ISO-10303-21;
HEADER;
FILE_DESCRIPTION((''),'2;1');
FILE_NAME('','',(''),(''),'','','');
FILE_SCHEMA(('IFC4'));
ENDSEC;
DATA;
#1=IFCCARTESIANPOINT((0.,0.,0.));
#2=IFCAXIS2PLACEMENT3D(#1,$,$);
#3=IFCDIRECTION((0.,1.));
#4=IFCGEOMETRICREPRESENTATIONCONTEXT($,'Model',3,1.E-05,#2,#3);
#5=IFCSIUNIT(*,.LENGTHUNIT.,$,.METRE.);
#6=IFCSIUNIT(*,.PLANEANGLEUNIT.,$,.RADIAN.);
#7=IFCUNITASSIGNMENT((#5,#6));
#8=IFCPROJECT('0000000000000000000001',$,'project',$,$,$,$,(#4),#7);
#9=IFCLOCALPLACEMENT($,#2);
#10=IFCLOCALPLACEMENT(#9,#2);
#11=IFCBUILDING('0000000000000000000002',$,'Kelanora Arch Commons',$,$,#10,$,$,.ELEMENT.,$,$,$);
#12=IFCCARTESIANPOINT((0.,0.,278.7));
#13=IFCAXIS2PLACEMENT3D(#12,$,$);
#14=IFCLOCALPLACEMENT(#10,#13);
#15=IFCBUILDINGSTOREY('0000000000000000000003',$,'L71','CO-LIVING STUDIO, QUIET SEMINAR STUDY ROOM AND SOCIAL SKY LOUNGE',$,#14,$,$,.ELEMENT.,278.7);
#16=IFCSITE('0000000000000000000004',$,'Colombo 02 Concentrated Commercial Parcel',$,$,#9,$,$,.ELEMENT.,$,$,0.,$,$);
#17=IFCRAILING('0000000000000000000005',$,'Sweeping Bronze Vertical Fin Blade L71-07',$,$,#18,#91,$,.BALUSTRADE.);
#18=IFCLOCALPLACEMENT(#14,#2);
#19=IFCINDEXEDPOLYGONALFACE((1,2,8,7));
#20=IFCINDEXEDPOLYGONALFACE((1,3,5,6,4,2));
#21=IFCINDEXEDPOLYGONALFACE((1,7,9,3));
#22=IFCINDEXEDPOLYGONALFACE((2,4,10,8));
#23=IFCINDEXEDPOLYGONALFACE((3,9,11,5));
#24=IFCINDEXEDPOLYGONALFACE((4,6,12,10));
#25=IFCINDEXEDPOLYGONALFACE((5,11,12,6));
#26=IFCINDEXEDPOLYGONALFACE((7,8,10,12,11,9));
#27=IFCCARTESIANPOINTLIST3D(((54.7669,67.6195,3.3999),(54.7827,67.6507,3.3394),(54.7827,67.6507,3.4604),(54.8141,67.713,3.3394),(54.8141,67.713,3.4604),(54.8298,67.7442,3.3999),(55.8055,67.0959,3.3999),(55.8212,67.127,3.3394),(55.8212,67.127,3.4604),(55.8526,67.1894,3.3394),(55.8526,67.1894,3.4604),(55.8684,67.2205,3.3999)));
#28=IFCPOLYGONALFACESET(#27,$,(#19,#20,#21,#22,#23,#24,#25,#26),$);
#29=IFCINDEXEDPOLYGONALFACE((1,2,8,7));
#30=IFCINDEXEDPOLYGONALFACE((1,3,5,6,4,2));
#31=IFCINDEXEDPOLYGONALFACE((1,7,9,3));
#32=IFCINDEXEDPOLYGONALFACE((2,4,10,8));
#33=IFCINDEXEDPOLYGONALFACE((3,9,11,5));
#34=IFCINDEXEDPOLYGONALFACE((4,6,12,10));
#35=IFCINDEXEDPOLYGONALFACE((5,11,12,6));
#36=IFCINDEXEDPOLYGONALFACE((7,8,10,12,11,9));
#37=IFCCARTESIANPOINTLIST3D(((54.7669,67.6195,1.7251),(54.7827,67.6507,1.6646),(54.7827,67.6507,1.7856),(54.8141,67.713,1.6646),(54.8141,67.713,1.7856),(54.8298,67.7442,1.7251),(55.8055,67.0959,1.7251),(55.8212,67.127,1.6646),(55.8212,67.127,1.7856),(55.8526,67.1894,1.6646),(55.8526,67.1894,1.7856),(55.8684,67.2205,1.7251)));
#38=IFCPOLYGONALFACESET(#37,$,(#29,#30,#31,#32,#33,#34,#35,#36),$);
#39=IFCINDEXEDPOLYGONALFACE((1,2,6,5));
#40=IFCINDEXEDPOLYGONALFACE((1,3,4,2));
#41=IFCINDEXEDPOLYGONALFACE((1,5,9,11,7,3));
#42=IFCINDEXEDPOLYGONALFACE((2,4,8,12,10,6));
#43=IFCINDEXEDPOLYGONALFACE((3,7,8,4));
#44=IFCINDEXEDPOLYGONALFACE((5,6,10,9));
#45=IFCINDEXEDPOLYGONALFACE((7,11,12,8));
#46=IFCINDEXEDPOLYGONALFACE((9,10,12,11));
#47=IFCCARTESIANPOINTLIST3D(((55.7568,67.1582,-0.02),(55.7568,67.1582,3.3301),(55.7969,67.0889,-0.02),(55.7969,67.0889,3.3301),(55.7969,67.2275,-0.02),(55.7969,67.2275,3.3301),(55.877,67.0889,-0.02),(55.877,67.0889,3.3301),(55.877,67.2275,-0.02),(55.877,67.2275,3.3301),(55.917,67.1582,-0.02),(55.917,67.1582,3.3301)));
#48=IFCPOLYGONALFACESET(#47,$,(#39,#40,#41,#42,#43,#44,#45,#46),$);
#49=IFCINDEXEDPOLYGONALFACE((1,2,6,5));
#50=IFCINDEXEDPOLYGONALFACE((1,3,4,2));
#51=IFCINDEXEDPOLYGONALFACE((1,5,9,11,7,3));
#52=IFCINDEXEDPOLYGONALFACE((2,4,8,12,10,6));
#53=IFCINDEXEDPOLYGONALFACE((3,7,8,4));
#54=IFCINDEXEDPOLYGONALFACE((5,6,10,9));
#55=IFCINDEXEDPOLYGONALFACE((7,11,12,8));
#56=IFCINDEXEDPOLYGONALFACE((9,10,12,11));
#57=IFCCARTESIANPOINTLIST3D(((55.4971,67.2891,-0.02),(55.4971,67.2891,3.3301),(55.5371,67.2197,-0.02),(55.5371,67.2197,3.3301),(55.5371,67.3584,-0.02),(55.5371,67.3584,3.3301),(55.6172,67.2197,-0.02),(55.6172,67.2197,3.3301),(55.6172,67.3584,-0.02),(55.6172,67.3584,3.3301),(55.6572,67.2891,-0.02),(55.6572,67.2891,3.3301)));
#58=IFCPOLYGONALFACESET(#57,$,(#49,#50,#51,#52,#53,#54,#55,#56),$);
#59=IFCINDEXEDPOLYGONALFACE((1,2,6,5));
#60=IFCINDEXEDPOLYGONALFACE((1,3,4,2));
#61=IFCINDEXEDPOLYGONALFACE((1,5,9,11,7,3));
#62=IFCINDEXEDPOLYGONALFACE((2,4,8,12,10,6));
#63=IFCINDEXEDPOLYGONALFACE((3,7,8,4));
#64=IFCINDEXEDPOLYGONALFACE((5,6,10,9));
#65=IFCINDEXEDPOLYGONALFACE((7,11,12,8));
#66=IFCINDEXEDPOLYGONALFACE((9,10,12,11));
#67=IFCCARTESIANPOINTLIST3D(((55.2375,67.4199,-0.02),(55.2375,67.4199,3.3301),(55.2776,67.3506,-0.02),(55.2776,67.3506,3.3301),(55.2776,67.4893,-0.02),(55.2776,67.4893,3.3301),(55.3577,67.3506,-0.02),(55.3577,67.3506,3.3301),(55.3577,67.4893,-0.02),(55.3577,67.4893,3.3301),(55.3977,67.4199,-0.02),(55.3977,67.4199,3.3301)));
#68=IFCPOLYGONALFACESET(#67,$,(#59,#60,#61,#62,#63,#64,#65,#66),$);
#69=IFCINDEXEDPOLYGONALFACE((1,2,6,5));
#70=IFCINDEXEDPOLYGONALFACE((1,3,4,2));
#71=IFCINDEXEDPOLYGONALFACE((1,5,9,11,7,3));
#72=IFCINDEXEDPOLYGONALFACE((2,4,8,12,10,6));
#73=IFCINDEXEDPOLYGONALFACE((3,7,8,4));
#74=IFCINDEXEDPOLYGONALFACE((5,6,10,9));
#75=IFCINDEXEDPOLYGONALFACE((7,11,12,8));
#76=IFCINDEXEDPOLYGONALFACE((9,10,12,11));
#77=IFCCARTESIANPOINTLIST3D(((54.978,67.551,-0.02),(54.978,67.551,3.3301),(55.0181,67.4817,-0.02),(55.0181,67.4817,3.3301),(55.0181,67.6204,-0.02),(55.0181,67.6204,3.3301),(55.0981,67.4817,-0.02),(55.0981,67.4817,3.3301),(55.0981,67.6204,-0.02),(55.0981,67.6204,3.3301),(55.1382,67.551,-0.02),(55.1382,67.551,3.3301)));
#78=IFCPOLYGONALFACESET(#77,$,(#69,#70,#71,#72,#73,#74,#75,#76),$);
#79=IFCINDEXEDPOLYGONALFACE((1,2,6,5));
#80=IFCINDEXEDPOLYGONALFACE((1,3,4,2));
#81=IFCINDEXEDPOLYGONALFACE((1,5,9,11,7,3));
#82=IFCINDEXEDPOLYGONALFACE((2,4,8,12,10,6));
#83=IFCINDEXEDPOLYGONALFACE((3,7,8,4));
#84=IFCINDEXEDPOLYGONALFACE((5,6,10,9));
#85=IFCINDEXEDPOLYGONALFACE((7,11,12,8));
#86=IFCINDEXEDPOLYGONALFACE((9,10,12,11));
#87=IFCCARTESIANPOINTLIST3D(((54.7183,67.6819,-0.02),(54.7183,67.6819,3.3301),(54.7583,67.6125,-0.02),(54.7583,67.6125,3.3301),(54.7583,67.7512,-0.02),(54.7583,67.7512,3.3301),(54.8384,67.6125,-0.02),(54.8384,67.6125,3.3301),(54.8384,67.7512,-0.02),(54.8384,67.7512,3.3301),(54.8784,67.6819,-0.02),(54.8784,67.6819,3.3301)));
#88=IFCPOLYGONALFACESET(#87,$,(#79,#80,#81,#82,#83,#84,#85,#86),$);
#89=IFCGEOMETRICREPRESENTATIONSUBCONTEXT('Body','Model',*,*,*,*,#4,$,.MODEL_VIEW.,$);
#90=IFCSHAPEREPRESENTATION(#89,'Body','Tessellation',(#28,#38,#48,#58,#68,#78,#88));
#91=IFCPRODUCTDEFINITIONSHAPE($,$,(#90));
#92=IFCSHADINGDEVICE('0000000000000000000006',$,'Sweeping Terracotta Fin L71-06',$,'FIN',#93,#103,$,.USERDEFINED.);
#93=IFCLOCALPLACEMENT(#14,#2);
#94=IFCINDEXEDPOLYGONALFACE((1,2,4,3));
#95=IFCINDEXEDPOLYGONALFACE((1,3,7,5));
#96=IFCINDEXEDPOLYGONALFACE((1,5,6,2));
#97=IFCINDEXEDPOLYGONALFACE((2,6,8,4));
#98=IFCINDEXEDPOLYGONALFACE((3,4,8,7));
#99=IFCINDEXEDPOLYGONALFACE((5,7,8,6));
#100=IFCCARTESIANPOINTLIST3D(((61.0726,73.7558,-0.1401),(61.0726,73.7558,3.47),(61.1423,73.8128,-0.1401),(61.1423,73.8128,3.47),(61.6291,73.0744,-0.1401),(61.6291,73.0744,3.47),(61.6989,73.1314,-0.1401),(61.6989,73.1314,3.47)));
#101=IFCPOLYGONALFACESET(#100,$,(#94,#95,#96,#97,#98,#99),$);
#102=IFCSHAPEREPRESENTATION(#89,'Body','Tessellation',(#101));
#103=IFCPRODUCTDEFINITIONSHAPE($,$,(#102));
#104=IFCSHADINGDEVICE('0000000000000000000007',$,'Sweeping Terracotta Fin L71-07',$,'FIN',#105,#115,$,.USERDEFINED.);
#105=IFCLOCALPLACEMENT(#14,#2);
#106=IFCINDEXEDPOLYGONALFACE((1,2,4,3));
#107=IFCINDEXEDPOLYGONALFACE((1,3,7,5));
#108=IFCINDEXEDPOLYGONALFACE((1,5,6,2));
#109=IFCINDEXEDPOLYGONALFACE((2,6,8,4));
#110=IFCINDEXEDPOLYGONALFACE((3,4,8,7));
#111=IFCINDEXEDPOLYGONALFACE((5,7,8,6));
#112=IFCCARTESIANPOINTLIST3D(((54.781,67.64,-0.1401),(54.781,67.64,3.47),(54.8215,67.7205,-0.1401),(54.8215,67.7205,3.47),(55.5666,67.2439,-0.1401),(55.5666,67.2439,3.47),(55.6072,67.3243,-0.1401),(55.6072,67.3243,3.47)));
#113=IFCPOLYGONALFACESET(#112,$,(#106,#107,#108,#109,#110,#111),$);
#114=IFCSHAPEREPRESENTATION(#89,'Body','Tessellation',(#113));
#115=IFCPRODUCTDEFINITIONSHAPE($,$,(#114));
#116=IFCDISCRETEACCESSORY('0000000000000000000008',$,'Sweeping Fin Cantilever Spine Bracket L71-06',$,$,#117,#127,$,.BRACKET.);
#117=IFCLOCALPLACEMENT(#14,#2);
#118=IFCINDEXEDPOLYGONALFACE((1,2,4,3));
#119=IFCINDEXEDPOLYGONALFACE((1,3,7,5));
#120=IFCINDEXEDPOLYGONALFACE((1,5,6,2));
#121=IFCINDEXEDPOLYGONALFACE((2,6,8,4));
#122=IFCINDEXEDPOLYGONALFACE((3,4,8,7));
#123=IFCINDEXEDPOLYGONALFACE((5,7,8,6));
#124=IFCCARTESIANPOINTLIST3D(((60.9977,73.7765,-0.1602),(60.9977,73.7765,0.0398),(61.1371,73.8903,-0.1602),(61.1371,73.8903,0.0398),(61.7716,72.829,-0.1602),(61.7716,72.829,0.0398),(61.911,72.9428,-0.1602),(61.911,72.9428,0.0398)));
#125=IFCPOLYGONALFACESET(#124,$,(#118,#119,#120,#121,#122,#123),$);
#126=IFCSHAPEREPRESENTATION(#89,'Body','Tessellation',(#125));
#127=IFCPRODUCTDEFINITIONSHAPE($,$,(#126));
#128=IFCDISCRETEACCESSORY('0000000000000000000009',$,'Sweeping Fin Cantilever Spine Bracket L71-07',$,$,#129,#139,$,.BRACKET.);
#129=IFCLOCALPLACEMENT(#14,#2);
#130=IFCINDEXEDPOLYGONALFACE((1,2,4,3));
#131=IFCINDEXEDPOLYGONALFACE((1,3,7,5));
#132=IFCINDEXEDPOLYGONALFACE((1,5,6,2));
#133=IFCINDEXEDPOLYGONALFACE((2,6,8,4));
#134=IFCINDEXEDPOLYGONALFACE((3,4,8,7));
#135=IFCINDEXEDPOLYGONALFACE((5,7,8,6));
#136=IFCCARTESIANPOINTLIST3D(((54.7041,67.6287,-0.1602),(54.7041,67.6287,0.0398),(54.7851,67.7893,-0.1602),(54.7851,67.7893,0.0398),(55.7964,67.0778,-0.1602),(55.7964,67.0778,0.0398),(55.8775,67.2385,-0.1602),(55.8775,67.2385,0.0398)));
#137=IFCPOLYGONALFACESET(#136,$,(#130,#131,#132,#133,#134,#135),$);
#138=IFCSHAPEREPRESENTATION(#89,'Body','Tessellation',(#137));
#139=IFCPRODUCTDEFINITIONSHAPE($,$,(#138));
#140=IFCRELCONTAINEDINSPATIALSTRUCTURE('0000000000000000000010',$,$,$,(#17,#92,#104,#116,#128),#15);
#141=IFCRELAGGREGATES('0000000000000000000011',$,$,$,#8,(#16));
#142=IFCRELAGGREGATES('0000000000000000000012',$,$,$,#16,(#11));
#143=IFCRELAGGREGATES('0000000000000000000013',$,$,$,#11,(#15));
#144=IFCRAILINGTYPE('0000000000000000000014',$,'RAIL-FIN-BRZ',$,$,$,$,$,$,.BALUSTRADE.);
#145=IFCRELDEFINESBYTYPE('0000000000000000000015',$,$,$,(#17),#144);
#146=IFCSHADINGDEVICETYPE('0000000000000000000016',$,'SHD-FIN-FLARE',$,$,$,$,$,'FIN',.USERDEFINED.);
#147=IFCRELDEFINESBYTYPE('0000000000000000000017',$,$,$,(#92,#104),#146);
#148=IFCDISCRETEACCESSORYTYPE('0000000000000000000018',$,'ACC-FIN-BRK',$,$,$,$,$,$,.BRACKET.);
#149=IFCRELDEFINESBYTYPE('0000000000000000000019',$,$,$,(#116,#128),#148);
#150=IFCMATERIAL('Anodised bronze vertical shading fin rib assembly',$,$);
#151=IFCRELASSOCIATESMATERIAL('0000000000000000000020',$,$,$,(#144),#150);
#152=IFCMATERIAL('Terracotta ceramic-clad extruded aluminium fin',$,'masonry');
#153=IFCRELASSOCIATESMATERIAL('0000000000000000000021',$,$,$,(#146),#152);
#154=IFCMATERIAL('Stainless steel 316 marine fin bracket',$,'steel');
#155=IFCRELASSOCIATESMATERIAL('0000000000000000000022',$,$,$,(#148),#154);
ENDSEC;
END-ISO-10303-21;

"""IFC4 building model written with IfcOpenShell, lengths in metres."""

from ifc_helpers import new_model, si_unit, direction, frame, origin, origin_2d, place, context, subcontext, project, spatial, polyline, rectangle, outline, extrude, source, transform, mapped, material, type_object, element, save


model = new_model("IFC4")

# Units and contexts
model_context = context("Model", 3, precision=1e-05, world=origin(), true_north=direction((0.0, 1.0)))
body_context = subcontext(model_context, "Body", "Model", "MODEL_VIEW")
ifc_project = project(units=[si_unit("LENGTHUNIT", "METRE"), si_unit("PLANEANGLEUNIT", "RADIAN")], contexts=[model_context])

# Site, building, storey
site_placement = place(None, origin())
site = spatial("IfcSite", under=ifc_project, at=site_placement, Name="Colombo 02 Concentrated Commercial Parcel", CompositionType="ELEMENT", RefElevation=0.0)
building_placement = place(site_placement, origin())
building = spatial("IfcBuilding", under=site, at=building_placement, Name="Kelanora Arch Commons", CompositionType="ELEMENT")
storey_placement = place(building_placement, frame((0.0, 0.0, 278.7)))
storey = spatial("IfcBuildingStorey", under=building, at=storey_placement, Name="L71", Description="CO-LIVING STUDIO, QUIET SEMINAR STUDY ROOM AND SOCIAL SKY LOUNGE", CompositionType="ELEMENT", Elevation=278.7)

# Railing
ifc_material_1 = material(Name="Anodised bronze vertical shading fin rib assembly")
railing_type = type_object("IfcRailingType", Name="RAIL-FIN-BRZ", PredefinedType="BALUSTRADE", material=ifc_material_1)
railing_1_placement = place(storey_placement, frame((55.8369, 67.1582, -0.02)))
element("IfcRailing", 1, at=railing_1_placement, inside=storey, type_object=railing_type, Name="Sweeping Bronze Vertical Fin Blade L71-07", PredefinedType="BALUSTRADE", context=body_context, shape_type="SweptSolid", body=[
    extrude(outline(polyline([(0.0698, 0.0), (0.0349, 0.0605), (-0.0349, 0.0605), (-0.0698, 0.0), (-0.0349, -0.0605), (0.0349, -0.0605), (0.0698, 0.0)])), frame((0.0, 0.0, 3.4199), z_axis=(-0.892911, 0.450234, 0.0), x_axis=(-0.450234, -0.892911, 0.0)), (0.0, 0.0, 1.0), 1.1631),
    extrude(outline(polyline([(0.0698, 0.0), (0.0349, 0.0605), (-0.0349, 0.0605), (-0.0698, 0.0), (-0.0349, -0.0605), (0.0349, -0.0605), (0.0698, 0.0)])), frame((0.0, 0.0, 1.7451), z_axis=(-0.892911, 0.450234, 0.0), x_axis=(-0.450234, -0.892911, 0.0)), (0.0, 0.0, 1.0), 1.1631),
    extrude(outline(polyline([(0.0801, 0.0), (0.04, 0.0693), (-0.04, 0.0693), (-0.0801, 0.0), (-0.04, -0.0693), (0.04, -0.0693), (0.0801, 0.0)])), origin(), (0.0, 0.0, 1.0), 3.3501),
    extrude(outline(polyline([(0.0801, 0.0), (0.04, 0.0693), (-0.04, 0.0693), (-0.0801, 0.0), (-0.04, -0.0693), (0.04, -0.0693), (0.0801, 0.0)])), frame((-0.2598, 0.1309, 0.0)), (0.0, 0.0, 1.0), 3.3501),
    extrude(outline(polyline([(0.0801, 0.0), (0.04, 0.0693), (-0.04, 0.0693), (-0.0801, 0.0), (-0.04, -0.0693), (0.04, -0.0693), (0.0801, 0.0)])), frame((-0.5193, 0.2617, 0.0)), (0.0, 0.0, 1.0), 3.3501),
    extrude(outline(polyline([(0.0801, 0.0), (0.04, 0.0693), (-0.04, 0.0693), (-0.0801, 0.0), (-0.04, -0.0693), (0.04, -0.0693), (0.0801, 0.0)])), frame((-0.7788, 0.3928, 0.0)), (0.0, 0.0, 1.0), 3.3501),
    extrude(outline(polyline([(0.0801, 0.0), (0.04, 0.0693), (-0.04, 0.0693), (-0.0801, 0.0), (-0.04, -0.0693), (0.04, -0.0693), (0.0801, 0.0)])), frame((-1.0386, 0.5237, 0.0)), (0.0, 0.0, 1.0), 3.3501),
])

# Shading devices
ifc_material_2 = material(Name="Terracotta ceramic-clad extruded aluminium fin", Category="masonry")
shading_device_type = type_object("IfcShadingDeviceType", Name="SHD-FIN-FLARE", ElementType="FIN", PredefinedType="USERDEFINED", material=ifc_material_2)
shared_shape_1 = source(origin(), body_context, "Body", "SweptSolid", [
    extrude(rectangle(XDim=0.8799, YDim=0.0901, at=origin_2d()), origin(), (0.0, 0.0, 1.0), 3.6101),
])
for number, where, z_axis, x_axis, name in (
    (2, (61.3857, 73.4436, -0.1401), (0.0, 0.0, 1.0), (-0.63257, 0.774503, 0.0), "Sweeping Terracotta Fin L71-06"),
    (3, (55.1941, 67.4822, -0.1401), (0.0, 0.0, 1.0), (-0.8929, 0.450254, 0.0), "Sweeping Terracotta Fin L71-07"),
):
    element("IfcShadingDevice", number, at=place(storey_placement, frame(where, z_axis=z_axis, x_axis=x_axis)), inside=storey, type_object=shading_device_type, Name=name, ObjectType="FIN", PredefinedType="USERDEFINED", context=body_context, shape_type="MappedRepresentation", body=[
        mapped(shared_shape_1, transform((0.0, 0.0, 0.0), scale=1.0)),
    ])

# Discrete accessories
ifc_material_3 = material(Name="Stainless steel 316 marine fin bracket", Category="steel")
discrete_accessory_type = type_object("IfcDiscreteAccessoryType", Name="ACC-FIN-BRK", PredefinedType="BRACKET", material=ifc_material_3)
shared_shape_2 = source(origin(), body_context, "Body", "SweptSolid", [
    extrude(rectangle(XDim=1.2234, YDim=0.1799, at=origin_2d()), origin(), (0.0, 0.0, 1.0), 0.2),
])
for number, where, z_axis, x_axis, name in (
    (4, (61.4543, 73.3596, -0.1602), (0.0, 0.0, 1.0), (-0.63257, 0.774503, 0.0), "Sweeping Fin Cantilever Spine Bracket L71-06"),
    (5, (55.2908, 67.4336, -0.1602), (0.0, 0.0, 1.0), (-0.8929, 0.450254, 0.0), "Sweeping Fin Cantilever Spine Bracket L71-07"),
):
    element("IfcDiscreteAccessory", number, at=place(storey_placement, frame(where, z_axis=z_axis, x_axis=x_axis)), inside=storey, type_object=discrete_accessory_type, Name=name, PredefinedType="BRACKET", context=body_context, shape_type="MappedRepresentation", body=[
        mapped(shared_shape_2, transform((0.0, 0.0, 0.0), scale=1.0)),
    ])

save(model, "model.ifc")
